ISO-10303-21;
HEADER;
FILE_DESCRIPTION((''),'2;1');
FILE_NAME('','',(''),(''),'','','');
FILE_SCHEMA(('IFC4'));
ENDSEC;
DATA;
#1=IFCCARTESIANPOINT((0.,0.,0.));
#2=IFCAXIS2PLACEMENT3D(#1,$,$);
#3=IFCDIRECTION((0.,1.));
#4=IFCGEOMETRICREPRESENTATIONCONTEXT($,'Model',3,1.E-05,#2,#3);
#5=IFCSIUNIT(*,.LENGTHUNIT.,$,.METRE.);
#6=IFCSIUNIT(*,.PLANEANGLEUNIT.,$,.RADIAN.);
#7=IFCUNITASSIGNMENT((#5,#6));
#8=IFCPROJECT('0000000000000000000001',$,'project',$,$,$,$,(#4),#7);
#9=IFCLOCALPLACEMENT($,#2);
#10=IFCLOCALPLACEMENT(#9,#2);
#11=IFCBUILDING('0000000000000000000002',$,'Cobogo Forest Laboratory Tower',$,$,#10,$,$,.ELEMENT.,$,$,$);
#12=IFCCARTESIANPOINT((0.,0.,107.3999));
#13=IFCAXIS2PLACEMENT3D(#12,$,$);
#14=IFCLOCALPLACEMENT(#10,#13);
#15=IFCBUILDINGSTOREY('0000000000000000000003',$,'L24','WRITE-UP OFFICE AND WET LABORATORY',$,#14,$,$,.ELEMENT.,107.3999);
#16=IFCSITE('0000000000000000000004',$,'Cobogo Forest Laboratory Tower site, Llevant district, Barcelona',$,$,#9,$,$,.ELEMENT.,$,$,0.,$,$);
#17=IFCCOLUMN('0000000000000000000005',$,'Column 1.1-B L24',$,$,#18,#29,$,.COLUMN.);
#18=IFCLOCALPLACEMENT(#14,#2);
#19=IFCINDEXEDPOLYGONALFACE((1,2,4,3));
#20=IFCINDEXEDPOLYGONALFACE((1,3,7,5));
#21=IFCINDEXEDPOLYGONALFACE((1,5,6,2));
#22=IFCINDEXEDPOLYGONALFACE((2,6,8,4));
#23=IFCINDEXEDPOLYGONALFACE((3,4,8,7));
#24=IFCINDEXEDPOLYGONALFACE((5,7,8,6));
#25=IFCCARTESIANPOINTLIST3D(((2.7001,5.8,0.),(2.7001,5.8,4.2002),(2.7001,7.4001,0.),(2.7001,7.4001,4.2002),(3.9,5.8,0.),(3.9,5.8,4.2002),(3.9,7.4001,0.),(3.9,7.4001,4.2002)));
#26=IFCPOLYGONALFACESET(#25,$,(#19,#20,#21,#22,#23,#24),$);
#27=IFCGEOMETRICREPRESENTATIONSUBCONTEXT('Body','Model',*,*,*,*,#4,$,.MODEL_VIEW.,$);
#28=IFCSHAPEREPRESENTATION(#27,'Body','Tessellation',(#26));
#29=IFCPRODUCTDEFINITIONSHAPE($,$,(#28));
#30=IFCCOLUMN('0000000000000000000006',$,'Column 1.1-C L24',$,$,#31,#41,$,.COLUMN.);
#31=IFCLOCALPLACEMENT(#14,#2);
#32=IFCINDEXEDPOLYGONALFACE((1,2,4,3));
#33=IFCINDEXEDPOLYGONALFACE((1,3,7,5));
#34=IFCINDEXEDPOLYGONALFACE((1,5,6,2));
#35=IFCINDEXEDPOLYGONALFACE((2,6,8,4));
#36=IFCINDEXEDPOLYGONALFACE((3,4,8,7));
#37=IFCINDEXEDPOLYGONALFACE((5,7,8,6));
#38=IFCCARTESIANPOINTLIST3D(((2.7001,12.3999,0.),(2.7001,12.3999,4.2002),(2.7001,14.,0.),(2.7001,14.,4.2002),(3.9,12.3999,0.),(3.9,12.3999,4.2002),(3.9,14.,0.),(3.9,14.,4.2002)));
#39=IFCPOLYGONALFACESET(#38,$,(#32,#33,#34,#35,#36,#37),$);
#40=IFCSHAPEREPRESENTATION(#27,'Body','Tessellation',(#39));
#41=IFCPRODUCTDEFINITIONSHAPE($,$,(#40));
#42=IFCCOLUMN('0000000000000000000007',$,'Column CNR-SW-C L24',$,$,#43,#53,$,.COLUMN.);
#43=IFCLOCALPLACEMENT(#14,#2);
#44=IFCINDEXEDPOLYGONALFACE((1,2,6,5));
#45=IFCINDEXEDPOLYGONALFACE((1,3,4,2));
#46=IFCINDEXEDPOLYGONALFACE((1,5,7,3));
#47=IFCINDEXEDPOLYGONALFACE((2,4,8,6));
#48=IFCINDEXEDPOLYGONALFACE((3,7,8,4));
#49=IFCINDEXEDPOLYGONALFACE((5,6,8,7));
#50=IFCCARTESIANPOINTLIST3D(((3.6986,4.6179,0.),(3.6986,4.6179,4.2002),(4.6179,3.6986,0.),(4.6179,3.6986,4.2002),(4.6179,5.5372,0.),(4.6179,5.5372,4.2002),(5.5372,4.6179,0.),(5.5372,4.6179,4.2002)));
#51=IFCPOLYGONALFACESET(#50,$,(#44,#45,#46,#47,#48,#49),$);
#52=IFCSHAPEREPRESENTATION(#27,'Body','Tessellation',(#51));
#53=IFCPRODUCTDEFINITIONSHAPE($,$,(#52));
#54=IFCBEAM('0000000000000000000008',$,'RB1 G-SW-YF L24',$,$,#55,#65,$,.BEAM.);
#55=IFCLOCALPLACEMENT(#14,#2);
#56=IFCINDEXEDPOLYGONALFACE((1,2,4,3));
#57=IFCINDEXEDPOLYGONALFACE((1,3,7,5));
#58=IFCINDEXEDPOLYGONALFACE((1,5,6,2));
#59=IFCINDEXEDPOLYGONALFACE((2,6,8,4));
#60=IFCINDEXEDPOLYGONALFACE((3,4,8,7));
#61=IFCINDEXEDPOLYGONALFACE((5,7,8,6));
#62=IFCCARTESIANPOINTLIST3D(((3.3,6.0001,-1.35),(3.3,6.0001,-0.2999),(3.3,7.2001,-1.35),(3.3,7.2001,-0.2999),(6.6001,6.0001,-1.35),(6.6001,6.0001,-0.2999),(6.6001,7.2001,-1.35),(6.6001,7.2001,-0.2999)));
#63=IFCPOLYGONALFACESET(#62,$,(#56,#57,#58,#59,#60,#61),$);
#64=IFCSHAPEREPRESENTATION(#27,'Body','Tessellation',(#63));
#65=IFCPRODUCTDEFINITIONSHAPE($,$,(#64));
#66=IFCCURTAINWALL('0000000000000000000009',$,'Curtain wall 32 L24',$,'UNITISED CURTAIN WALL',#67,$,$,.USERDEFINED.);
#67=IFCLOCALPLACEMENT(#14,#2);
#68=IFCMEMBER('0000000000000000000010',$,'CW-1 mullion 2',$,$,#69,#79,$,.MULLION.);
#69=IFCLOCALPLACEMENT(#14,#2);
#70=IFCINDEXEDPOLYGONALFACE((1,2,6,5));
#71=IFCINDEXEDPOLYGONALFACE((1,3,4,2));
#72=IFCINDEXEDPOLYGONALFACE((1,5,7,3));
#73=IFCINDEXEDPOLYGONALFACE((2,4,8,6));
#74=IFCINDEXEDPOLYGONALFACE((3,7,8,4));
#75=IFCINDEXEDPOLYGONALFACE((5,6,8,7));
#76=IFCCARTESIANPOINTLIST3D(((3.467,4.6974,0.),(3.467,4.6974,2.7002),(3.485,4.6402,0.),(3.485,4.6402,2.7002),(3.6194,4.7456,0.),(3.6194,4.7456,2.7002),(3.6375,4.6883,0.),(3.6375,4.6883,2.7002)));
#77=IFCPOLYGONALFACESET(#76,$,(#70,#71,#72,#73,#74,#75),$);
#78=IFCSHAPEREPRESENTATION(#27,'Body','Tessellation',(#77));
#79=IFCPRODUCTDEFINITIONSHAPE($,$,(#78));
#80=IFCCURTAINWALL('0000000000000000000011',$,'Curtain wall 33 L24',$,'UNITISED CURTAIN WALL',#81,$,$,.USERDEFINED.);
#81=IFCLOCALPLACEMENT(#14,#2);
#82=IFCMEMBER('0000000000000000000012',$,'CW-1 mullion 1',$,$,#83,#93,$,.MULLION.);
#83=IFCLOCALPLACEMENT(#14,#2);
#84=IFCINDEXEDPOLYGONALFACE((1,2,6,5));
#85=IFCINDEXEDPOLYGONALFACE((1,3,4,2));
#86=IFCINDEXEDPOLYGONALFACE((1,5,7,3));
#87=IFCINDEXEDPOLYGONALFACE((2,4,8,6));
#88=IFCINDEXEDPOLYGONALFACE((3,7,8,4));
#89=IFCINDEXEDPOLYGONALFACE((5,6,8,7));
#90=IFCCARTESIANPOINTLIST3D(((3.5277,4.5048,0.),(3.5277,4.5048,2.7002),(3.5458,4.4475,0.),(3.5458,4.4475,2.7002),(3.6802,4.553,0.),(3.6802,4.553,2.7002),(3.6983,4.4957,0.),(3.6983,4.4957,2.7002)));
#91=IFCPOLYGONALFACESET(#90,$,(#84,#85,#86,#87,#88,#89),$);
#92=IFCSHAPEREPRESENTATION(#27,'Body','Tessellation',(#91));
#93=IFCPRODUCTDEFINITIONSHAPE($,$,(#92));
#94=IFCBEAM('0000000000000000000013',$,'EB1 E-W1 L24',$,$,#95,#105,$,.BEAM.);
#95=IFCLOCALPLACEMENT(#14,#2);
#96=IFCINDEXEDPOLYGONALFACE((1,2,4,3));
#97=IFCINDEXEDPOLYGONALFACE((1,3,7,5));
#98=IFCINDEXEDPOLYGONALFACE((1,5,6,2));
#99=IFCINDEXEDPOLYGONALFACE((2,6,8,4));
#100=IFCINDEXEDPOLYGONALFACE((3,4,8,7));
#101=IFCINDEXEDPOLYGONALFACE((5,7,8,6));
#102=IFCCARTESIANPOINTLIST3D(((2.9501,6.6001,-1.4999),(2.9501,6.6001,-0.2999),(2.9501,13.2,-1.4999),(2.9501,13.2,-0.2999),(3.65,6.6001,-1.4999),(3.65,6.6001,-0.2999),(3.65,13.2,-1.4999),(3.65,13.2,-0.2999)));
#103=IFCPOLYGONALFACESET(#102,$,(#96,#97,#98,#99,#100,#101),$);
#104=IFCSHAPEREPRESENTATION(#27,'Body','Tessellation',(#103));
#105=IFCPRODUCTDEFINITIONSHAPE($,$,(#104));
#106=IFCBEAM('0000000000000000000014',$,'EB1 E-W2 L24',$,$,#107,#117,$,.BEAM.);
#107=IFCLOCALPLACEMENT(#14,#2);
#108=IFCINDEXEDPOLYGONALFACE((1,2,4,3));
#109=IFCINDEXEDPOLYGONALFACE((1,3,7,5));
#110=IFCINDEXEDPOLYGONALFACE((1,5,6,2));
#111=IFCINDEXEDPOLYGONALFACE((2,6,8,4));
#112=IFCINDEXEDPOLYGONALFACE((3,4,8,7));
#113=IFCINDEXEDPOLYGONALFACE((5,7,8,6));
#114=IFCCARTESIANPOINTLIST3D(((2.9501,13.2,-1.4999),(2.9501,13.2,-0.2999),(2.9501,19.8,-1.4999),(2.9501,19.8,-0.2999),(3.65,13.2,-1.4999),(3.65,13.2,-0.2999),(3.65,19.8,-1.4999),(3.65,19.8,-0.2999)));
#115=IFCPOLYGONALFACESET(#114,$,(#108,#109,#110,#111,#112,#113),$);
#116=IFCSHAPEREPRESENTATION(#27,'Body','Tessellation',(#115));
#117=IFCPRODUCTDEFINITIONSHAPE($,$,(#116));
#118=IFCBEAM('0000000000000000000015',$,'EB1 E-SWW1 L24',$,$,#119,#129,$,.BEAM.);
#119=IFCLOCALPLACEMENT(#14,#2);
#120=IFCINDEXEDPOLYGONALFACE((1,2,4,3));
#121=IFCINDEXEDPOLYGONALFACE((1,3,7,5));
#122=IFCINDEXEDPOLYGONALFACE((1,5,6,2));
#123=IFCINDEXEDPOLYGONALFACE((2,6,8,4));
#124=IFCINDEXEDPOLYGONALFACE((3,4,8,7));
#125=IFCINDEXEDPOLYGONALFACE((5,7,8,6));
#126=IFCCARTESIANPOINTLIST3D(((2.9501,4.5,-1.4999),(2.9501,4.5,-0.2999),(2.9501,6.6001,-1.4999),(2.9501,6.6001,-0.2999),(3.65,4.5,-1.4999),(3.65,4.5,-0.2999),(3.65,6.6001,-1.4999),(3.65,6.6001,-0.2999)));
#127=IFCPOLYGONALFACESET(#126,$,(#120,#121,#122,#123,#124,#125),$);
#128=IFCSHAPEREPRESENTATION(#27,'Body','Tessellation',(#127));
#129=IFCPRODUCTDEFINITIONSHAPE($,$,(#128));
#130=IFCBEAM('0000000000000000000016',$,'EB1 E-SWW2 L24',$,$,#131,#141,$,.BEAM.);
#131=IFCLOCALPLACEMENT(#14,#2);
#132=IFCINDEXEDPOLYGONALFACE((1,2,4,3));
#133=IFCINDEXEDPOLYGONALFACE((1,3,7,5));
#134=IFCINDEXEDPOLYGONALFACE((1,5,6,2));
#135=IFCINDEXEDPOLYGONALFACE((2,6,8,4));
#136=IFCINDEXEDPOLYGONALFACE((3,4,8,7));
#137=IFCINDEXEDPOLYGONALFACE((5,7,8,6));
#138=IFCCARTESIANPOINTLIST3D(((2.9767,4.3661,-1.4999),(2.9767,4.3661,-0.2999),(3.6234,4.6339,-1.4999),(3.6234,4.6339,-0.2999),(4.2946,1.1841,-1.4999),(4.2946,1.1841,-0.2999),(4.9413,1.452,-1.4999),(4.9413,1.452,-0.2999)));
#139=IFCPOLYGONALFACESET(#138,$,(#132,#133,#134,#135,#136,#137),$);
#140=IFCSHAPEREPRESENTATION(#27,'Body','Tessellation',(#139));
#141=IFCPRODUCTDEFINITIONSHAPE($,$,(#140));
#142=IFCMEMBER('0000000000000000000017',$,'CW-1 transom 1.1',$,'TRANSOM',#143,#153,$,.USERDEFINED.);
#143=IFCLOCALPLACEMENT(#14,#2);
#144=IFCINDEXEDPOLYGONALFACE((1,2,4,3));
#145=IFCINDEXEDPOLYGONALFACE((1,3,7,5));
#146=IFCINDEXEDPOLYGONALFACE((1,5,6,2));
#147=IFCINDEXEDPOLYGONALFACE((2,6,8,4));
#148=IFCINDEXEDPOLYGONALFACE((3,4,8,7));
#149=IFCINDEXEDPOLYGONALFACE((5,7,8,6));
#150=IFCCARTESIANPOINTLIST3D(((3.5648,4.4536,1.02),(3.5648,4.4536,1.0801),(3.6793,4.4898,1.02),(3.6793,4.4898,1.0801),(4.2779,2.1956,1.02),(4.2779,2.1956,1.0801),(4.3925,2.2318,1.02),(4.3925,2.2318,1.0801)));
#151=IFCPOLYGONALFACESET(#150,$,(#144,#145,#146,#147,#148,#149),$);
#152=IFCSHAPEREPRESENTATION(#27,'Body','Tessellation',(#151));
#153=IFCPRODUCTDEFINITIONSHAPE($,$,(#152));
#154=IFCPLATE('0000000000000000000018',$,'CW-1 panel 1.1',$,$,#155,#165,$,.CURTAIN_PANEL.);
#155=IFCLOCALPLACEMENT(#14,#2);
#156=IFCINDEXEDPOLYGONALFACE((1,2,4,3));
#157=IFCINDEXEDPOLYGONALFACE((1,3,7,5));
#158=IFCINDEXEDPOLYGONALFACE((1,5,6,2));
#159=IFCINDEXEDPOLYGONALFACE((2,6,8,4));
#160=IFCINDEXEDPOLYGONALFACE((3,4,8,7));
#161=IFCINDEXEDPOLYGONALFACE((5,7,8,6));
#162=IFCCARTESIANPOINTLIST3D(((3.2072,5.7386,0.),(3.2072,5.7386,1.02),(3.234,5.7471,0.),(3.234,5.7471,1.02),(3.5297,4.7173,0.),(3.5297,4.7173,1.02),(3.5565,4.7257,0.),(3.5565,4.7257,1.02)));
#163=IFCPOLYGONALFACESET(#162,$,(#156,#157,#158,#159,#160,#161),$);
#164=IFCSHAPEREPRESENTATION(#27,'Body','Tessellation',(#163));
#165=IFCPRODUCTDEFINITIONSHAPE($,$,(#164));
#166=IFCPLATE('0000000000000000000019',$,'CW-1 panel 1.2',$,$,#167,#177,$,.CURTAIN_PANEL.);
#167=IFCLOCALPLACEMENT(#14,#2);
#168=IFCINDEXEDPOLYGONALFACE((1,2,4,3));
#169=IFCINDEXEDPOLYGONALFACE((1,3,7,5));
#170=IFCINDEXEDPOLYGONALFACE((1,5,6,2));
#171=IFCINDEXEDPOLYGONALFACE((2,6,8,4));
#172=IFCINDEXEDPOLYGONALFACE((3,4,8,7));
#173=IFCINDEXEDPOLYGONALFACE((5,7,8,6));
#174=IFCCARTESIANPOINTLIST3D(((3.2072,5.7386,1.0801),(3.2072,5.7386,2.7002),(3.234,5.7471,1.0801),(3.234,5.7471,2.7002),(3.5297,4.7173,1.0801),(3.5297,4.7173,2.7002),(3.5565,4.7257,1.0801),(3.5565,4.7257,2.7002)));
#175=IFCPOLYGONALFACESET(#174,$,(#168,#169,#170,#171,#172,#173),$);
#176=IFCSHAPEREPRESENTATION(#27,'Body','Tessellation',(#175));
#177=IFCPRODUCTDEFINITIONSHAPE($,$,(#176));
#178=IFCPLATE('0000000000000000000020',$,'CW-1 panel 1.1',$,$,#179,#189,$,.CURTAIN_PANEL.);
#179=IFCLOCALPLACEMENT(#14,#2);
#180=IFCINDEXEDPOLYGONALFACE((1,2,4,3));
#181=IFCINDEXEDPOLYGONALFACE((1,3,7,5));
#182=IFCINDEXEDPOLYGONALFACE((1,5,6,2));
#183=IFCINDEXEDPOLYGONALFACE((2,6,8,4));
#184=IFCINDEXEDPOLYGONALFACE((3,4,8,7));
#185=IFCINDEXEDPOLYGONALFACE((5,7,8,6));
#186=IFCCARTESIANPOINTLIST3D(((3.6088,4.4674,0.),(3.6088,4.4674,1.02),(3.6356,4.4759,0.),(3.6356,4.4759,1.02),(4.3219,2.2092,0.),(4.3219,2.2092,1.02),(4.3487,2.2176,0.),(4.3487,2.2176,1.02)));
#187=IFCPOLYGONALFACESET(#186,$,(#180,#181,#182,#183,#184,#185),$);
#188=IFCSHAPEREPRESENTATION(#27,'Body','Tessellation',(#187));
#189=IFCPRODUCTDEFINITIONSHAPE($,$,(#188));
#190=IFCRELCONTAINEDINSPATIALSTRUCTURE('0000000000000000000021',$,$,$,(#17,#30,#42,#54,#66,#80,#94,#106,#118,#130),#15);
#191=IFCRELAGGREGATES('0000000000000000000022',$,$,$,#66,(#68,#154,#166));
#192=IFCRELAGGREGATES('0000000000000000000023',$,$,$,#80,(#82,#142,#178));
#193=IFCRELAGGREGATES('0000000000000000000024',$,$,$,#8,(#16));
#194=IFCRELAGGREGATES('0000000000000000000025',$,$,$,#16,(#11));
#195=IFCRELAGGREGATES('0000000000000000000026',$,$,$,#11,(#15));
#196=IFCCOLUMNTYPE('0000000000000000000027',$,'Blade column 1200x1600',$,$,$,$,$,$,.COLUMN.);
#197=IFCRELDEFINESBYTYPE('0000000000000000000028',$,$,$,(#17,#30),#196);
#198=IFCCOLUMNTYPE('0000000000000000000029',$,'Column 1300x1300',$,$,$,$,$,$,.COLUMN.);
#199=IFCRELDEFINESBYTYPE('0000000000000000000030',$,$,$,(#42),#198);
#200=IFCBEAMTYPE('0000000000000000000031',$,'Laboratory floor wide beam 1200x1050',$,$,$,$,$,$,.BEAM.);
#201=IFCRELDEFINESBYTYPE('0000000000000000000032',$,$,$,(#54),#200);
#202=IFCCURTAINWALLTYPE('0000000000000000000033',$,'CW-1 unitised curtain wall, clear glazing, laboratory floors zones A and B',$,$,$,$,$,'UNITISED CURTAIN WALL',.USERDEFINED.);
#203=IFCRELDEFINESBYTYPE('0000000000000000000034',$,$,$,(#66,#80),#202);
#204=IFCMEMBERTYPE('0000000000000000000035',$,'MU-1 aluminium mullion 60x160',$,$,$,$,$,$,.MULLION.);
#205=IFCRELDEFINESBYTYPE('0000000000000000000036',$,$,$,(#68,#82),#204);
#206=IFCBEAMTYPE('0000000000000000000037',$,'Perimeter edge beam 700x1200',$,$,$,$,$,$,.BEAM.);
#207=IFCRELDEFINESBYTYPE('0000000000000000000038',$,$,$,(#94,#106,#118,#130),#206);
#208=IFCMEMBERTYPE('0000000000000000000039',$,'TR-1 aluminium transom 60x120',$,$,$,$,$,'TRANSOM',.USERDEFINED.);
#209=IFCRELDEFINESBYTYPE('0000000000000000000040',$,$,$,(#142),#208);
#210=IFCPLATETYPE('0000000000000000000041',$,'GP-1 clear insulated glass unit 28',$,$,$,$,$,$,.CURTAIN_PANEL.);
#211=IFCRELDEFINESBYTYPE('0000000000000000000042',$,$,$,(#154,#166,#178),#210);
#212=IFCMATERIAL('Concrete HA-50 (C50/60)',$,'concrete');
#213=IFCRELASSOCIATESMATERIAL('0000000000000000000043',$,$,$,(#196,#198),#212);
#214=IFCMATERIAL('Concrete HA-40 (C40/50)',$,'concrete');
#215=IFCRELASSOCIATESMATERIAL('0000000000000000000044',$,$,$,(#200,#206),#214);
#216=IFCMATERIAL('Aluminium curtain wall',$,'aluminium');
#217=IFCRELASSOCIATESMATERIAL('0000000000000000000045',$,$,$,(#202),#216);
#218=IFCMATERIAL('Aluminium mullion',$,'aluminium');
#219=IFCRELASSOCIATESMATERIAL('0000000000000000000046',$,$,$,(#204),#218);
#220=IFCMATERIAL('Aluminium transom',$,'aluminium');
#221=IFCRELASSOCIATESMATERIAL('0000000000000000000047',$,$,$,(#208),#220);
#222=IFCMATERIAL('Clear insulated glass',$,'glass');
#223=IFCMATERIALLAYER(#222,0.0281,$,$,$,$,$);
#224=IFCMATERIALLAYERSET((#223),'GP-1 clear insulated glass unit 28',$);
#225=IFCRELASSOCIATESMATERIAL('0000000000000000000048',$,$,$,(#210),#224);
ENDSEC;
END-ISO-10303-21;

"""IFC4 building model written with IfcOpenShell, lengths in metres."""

from ifc_helpers import new_model, si_unit, direction, frame, origin, origin_2d, place, context, subcontext, project, spatial, rectangle, extrude, material, layer, layer_set, material_profile, profile_set, type_object, element, aggregate, save


model = new_model("IFC4")

# Units and contexts
model_context = context("Model", 3, precision=1e-05, world=origin(), true_north=direction((0.0, 1.0)))
body_context = subcontext(model_context, "Body", "Model", "MODEL_VIEW")
ifc_project = project(units=[si_unit("LENGTHUNIT", "METRE"), si_unit("PLANEANGLEUNIT", "RADIAN")], contexts=[model_context])

# Site, building, storey
site_placement = place(None, origin())
site = spatial("IfcSite", under=ifc_project, at=site_placement, Name="Cobogo Forest Laboratory Tower site, Llevant district, Barcelona", CompositionType="ELEMENT", RefElevation=0.0)
building_placement = place(site_placement, origin())
building = spatial("IfcBuilding", under=site, at=building_placement, Name="Cobogo Forest Laboratory Tower", CompositionType="ELEMENT")
storey_placement = place(building_placement, frame((0.0, 0.0, 107.3999)))
storey = spatial("IfcBuildingStorey", under=building, at=storey_placement, Name="L24", Description="WRITE-UP OFFICE AND WET LABORATORY", CompositionType="ELEMENT", Elevation=107.3999)

# Columns
ifc_material_1 = material(Name="Concrete HA-50 (C50/60)", Category="concrete")
ifc_material_profile_1 = material_profile(ifc_material_1, rectangle(XDim=1.6001, YDim=1.2, at=origin_2d()), Name="RC 1200x1600")
ifc_profile_set_1 = profile_set([ifc_material_profile_1], Name="Concrete HA-50 (C50/60)")
column_type_1 = type_object("IfcColumnType", Name="Blade column 1200x1600", PredefinedType="COLUMN", material=ifc_profile_set_1)
for number, where, z_axis, x_axis, name in (
    (1, (3.3, 6.6001, 0.0), (0.0, 0.0, 1.0), (0.0, 1.0, 0.0), "Column 1.1-B L24"),
    (2, (3.3, 13.2, 0.0), (0.0, 0.0, 1.0), (0.0, 1.0, 0.0), "Column 1.1-C L24"),
):
    element("IfcColumn", number, at=place(storey_placement, frame(where, z_axis=z_axis, x_axis=x_axis)), inside=storey, type_object=column_type_1, Name=name, PredefinedType="COLUMN", context=body_context, shape_type="SweptSolid", body=[
        extrude(rectangle(XDim=1.6001, YDim=1.2, at=origin_2d()), origin(), (0.0, 0.0, 1.0), 4.2002),
    ])
ifc_material_profile_2 = material_profile(ifc_material_1, rectangle(XDim=1.3, YDim=1.3, at=origin_2d()), Name="RC 1300x1300")
ifc_profile_set_2 = profile_set([ifc_material_profile_2], Name="Concrete HA-50 (C50/60)")
column_type_2 = type_object("IfcColumnType", Name="Column 1300x1300", PredefinedType="COLUMN", material=ifc_profile_set_2)
column_placement = place(storey_placement, frame((4.6179, 4.6179, 0.0), z_axis=(0.0, 0.0, 1.0), x_axis=(0.707107, 0.707107, 0.0)))
element("IfcColumn", 3, at=column_placement, inside=storey, type_object=column_type_2, Name="Column CNR-SW-C L24", PredefinedType="COLUMN", context=body_context, shape_type="SweptSolid", body=[
    extrude(rectangle(XDim=1.3, YDim=1.3, at=origin_2d()), origin(), (0.0, 0.0, 1.0), 4.2002),
])

# Beam
ifc_material_2 = material(Name="Concrete HA-40 (C40/50)", Category="concrete")
ifc_material_profile_3 = material_profile(ifc_material_2, rectangle(XDim=1.2, YDim=1.05, at=origin_2d()), Name="RC 1200x1050")
ifc_profile_set_3 = profile_set([ifc_material_profile_3], Name="Concrete HA-40 (C40/50)")
beam_type_1 = type_object("IfcBeamType", Name="Laboratory floor wide beam 1200x1050", PredefinedType="BEAM", material=ifc_profile_set_3)
beam_1_placement = place(storey_placement, frame((3.3, 6.6001, -0.825), z_axis=(1.0, 0.0, 0.0), x_axis=(0.0, 1.0, 0.0)))
element("IfcBeam", 4, at=beam_1_placement, inside=storey, type_object=beam_type_1, Name="RB1 G-SW-YF L24", PredefinedType="BEAM", context=body_context, shape_type="SweptSolid", body=[
    extrude(rectangle(XDim=1.2, YDim=1.05, at=origin_2d()), origin(), (0.0, 0.0, 1.0), 3.3),
])

# Curtain walls, members
ifc_material_3 = material(Name="Aluminium curtain wall", Category="aluminium")
curtain_wall_type = type_object("IfcCurtainWallType", Name="CW-1 unitised curtain wall, clear glazing, laboratory floors zones A and B", ElementType="UNITISED CURTAIN WALL", PredefinedType="USERDEFINED", material=ifc_material_3)
curtain_wall_1_placement = place(storey_placement, origin())
curtain_wall_1 = element("IfcCurtainWall", 5, at=curtain_wall_1_placement, inside=storey, type_object=curtain_wall_type, Name="Curtain wall 32 L24", ObjectType="UNITISED CURTAIN WALL", PredefinedType="USERDEFINED")
ifc_material_4 = material(Name="Aluminium mullion", Category="aluminium")
ifc_material_profile_4 = material_profile(ifc_material_4, rectangle(XDim=0.0601, YDim=0.1599, at=origin_2d()), Name="AL 60x160")
ifc_profile_set_4 = profile_set([ifc_material_profile_4], Name="Aluminium mullion")
member_type_1 = type_object("IfcMemberType", Name="MU-1 aluminium mullion 60x160", PredefinedType="MULLION", material=ifc_profile_set_4)
member_1_placement = place(storey_placement, frame((3.5522, 4.6929, 0.0), z_axis=(0.0, 0.0, 1.0), x_axis=(0.301136, -0.953581, 0.0)))
member_1 = element("IfcMember", 6, at=member_1_placement, type_object=member_type_1, Name="CW-1 mullion 2", PredefinedType="MULLION", context=body_context, shape_type="SweptSolid", body=[
    extrude(rectangle(XDim=0.0601, YDim=0.1599, at=origin_2d()), origin(), (0.0, 0.0, 1.0), 2.7002),
])
curtain_wall_2_placement = place(storey_placement, origin())
curtain_wall_2 = element("IfcCurtainWall", 7, at=curtain_wall_2_placement, inside=storey, type_object=curtain_wall_type, Name="Curtain wall 33 L24", ObjectType="UNITISED CURTAIN WALL", PredefinedType="USERDEFINED")
member_2_placement = place(storey_placement, frame((3.613, 4.5002, 0.0), z_axis=(0.0, 0.0, 1.0), x_axis=(0.301135, -0.953581, 0.0)))
member_2 = element("IfcMember", 8, at=member_2_placement, type_object=member_type_1, Name="CW-1 mullion 1", PredefinedType="MULLION", context=body_context, shape_type="SweptSolid", body=[
    extrude(rectangle(XDim=0.0601, YDim=0.1599, at=origin_2d()), origin(), (0.0, 0.0, 1.0), 2.7002),
])

# Beams
ifc_material_profile_5 = material_profile(ifc_material_2, rectangle(XDim=0.7, YDim=1.2, at=origin_2d()), Name="RC 700x1200")
ifc_profile_set_5 = profile_set([ifc_material_profile_5], Name="Concrete HA-40 (C40/50)")
beam_type_2 = type_object("IfcBeamType", Name="Perimeter edge beam 700x1200", PredefinedType="BEAM", material=ifc_profile_set_5)
beam_2_placement = place(storey_placement, frame((3.3, 6.6001, -0.8999), z_axis=(0.0, 1.0, 0.0), x_axis=(-1.0, 0.0, 0.0)))
element("IfcBeam", 9, at=beam_2_placement, inside=storey, type_object=beam_type_2, Name="EB1 E-W1 L24", PredefinedType="BEAM", context=body_context, shape_type="SweptSolid", body=[
    extrude(rectangle(XDim=0.7, YDim=1.2, at=origin_2d()), origin(), (0.0, 0.0, 1.0), 6.5999),
])
beam_3_placement = place(storey_placement, frame((3.3, 13.2, -0.8999), z_axis=(0.0, 1.0, 0.0), x_axis=(-1.0, 0.0, 0.0)))
element("IfcBeam", 10, at=beam_3_placement, inside=storey, type_object=beam_type_2, Name="EB1 E-W2 L24", PredefinedType="BEAM", context=body_context, shape_type="SweptSolid", body=[
    extrude(rectangle(XDim=0.7, YDim=1.2, at=origin_2d()), origin(), (0.0, 0.0, 1.0), 6.6001),
])
beam_4_placement = place(storey_placement, frame((3.3, 6.6001, -0.8999), z_axis=(0.0, -1.0, 0.0), x_axis=(1.0, 0.0, 0.0)))
element("IfcBeam", 11, at=beam_4_placement, inside=storey, type_object=beam_type_2, Name="EB1 E-SWW1 L24", PredefinedType="BEAM", context=body_context, shape_type="SweptSolid", body=[
    extrude(rectangle(XDim=0.7, YDim=1.2, at=origin_2d()), origin(), (0.0, 0.0, 1.0), 2.1001),
])
beam_5_placement = place(storey_placement, frame((3.3, 4.5, -0.8999), z_axis=(0.382656, -0.923891, 0.0), x_axis=(0.923891, 0.382656, 0.0)))
element("IfcBeam", 12, at=beam_5_placement, inside=storey, type_object=beam_type_2, Name="EB1 E-SWW2 L24", PredefinedType="BEAM", context=body_context, shape_type="SweptSolid", body=[
    extrude(rectangle(XDim=0.7, YDim=1.2, at=origin_2d()), origin(), (0.0, 0.0, 1.0), 3.4441),
])

# Member
ifc_material_5 = material(Name="Aluminium transom", Category="aluminium")
ifc_material_profile_6 = material_profile(ifc_material_5, rectangle(XDim=0.1201, YDim=0.0601, at=origin_2d()), Name="AL 60x120")
ifc_profile_set_6 = profile_set([ifc_material_profile_6], Name="Aluminium transom")
member_type_2 = type_object("IfcMemberType", Name="TR-1 aluminium transom 60x120", ElementType="TRANSOM", PredefinedType="USERDEFINED", material=ifc_profile_set_6)
member_3_placement = place(storey_placement, frame((3.6221, 4.4717, 1.05), z_axis=(0.301156, -0.953575, 0.0), x_axis=(0.953575, 0.301156, 0.0)))
member_3 = element("IfcMember", 13, at=member_3_placement, type_object=member_type_2, Name="CW-1 transom 1.1", ObjectType="TRANSOM", PredefinedType="USERDEFINED", context=body_context, shape_type="SweptSolid", body=[
    extrude(rectangle(XDim=0.1201, YDim=0.0601, at=origin_2d()), origin(), (0.0, 0.0, 1.0), 2.3679),
])

# Plates
ifc_material_6 = material(Name="Clear insulated glass", Category="glass")
ifc_layer_1 = layer(ifc_material_6, 0.0281)
ifc_layer_set_1 = layer_set([ifc_layer_1], Name="GP-1 clear insulated glass unit 28")
plate_type = type_object("IfcPlateType", Name="GP-1 clear insulated glass unit 28", PredefinedType="CURTAIN_PANEL", material=ifc_layer_set_1)
plate_1_placement = place(storey_placement, frame((3.3818, 5.2322, 0.0), z_axis=(0.0, 0.0, 1.0), x_axis=(0.301136, -0.953581, 0.0)))
plate_1 = element("IfcPlate", 14, at=plate_1_placement, type_object=plate_type, Name="CW-1 panel 1.1", PredefinedType="CURTAIN_PANEL", context=body_context, shape_type="SweptSolid", body=[
    extrude(rectangle(XDim=1.071, YDim=0.0281, at=origin_2d()), origin(), (0.0, 0.0, 1.0), 1.02),
])
plate_2_placement = place(storey_placement, frame((3.3818, 5.2322, 1.0801), z_axis=(0.0, 0.0, 1.0), x_axis=(0.301136, -0.953581, 0.0)))
plate_2 = element("IfcPlate", 15, at=plate_2_placement, type_object=plate_type, Name="CW-1 panel 1.2", PredefinedType="CURTAIN_PANEL", context=body_context, shape_type="SweptSolid", body=[
    extrude(rectangle(XDim=1.071, YDim=0.0281, at=origin_2d()), origin(), (0.0, 0.0, 1.0), 1.6201),
])
aggregate(curtain_wall_1, [member_1, plate_1, plate_2])
plate_3_placement = place(storey_placement, frame((3.9788, 3.3425, 0.0), z_axis=(0.0, 0.0, 1.0), x_axis=(0.301135, -0.953581, 0.0)))
plate_3 = element("IfcPlate", 16, at=plate_3_placement, type_object=plate_type, Name="CW-1 panel 1.1", PredefinedType="CURTAIN_PANEL", context=body_context, shape_type="SweptSolid", body=[
    extrude(rectangle(XDim=2.3682, YDim=0.0281, at=origin_2d()), origin(), (0.0, 0.0, 1.0), 1.02),
])
aggregate(curtain_wall_2, [member_2, member_3, plate_3])

save(model, "model.ifc")
